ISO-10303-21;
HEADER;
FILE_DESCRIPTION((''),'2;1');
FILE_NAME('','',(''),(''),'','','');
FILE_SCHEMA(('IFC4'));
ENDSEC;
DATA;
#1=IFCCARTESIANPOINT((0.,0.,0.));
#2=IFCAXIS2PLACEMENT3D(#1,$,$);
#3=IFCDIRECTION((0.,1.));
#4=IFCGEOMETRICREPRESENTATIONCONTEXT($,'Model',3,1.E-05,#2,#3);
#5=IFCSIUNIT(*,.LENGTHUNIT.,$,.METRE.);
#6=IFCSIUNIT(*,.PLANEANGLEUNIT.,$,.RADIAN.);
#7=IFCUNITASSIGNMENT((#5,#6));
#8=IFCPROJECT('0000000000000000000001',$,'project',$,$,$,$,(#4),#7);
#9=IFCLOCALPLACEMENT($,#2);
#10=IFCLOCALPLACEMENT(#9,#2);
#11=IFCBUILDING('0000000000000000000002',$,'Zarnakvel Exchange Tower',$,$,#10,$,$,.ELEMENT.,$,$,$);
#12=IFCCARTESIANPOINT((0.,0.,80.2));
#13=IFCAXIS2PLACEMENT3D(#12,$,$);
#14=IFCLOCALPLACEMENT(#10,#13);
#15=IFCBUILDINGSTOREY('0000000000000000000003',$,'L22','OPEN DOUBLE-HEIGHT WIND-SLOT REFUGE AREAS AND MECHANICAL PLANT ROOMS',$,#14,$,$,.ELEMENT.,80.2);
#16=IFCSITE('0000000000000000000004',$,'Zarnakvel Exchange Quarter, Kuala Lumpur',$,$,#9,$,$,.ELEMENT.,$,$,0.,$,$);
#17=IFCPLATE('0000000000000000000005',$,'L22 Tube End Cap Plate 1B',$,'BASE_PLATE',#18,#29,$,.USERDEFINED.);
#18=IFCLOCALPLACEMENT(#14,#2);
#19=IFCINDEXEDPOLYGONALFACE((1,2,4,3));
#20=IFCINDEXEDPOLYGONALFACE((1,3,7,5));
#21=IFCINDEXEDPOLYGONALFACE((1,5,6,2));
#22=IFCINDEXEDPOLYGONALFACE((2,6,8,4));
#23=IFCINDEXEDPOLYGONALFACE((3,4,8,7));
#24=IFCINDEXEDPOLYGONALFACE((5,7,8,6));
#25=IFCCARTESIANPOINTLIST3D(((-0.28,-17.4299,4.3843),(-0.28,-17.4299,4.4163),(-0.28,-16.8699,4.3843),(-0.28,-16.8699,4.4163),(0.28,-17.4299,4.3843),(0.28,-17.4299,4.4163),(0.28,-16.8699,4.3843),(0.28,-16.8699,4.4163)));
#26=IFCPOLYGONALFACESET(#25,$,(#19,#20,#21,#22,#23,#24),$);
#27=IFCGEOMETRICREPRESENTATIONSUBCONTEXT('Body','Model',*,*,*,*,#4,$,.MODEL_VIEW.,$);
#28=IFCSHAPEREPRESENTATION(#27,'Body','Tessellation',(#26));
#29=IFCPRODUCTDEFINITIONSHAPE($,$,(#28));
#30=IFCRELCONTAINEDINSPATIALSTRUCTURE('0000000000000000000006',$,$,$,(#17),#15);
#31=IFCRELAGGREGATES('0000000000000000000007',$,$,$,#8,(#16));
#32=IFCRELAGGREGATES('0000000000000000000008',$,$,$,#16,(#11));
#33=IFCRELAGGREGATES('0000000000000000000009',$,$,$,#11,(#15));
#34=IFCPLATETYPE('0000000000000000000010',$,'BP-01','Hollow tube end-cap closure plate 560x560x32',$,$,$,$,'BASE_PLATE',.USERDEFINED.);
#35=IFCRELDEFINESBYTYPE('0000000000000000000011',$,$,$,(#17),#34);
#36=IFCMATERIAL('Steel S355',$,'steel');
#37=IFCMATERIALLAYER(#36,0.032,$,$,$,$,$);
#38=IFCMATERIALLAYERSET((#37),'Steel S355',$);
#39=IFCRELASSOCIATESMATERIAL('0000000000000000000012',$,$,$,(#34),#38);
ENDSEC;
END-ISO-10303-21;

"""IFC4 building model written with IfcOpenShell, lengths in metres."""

from ifc_helpers import new_model, si_unit, direction, frame, origin, origin_2d, place, context, subcontext, project, spatial, rectangle, extrude, source, transform, mapped, material, layer, layer_set, type_object, element, save


model = new_model("IFC4")

# Units and contexts
model_context = context("Model", 3, precision=1e-05, world=origin(), true_north=direction((0.0, 1.0)))
body_context = subcontext(model_context, "Body", "Model", "MODEL_VIEW")
ifc_project = project(units=[si_unit("LENGTHUNIT", "METRE"), si_unit("PLANEANGLEUNIT", "RADIAN")], contexts=[model_context])

# Site, building, storey
site_placement = place(None, origin())
site = spatial("IfcSite", under=ifc_project, at=site_placement, Name="Zarnakvel Exchange Quarter, Kuala Lumpur", CompositionType="ELEMENT", RefElevation=0.0)
building_placement = place(site_placement, origin())
building = spatial("IfcBuilding", under=site, at=building_placement, Name="Zarnakvel Exchange Tower", CompositionType="ELEMENT")
storey_placement = place(building_placement, frame((0.0, 0.0, 80.2)))
storey = spatial("IfcBuildingStorey", under=building, at=storey_placement, Name="L22", Description="OPEN DOUBLE-HEIGHT WIND-SLOT REFUGE AREAS AND MECHANICAL PLANT ROOMS", CompositionType="ELEMENT", Elevation=80.2)

# Shared definitions
ifc_material_1 = material(Name="Steel S355", Category="steel")

# Plate
ifc_layer_1 = layer(ifc_material_1, 0.032)
ifc_layer_set_1 = layer_set([ifc_layer_1], Name="Steel S355")
plate_type_1 = type_object("IfcPlateType", Name="BP-01", Description="Hollow tube end-cap closure plate 560x560x32", ElementType="BASE_PLATE", PredefinedType="USERDEFINED", material=ifc_layer_set_1)
shared_shape_1 = source(origin(), body_context, "Body", "SweptSolid", [
    extrude(rectangle(XDim=0.5601, YDim=0.5601, at=origin_2d()), origin(), (0.0, 0.0, 1.0), 0.032),
])
plate_1_placement = place(storey_placement, frame((0.0, -17.1499, 4.3843), z_axis=(0.0, 0.0, 1.0), x_axis=(1.0, 0.0, 0.0)))
element("IfcPlate", 1, at=plate_1_placement, inside=storey, type_object=plate_type_1, Name="L22 Tube End Cap Plate 1B", ObjectType="BASE_PLATE", PredefinedType="USERDEFINED", context=body_context, shape_type="MappedRepresentation", body=[
    mapped(shared_shape_1, transform((0.0, 0.0, 0.0), x_axis=(1.0, 0.0, 0.0), y_axis=(0.0, 1.0, 0.0), z_axis=(0.0, 0.0, 1.0), scale=1.0)),
])

save(model, "model.ifc")
